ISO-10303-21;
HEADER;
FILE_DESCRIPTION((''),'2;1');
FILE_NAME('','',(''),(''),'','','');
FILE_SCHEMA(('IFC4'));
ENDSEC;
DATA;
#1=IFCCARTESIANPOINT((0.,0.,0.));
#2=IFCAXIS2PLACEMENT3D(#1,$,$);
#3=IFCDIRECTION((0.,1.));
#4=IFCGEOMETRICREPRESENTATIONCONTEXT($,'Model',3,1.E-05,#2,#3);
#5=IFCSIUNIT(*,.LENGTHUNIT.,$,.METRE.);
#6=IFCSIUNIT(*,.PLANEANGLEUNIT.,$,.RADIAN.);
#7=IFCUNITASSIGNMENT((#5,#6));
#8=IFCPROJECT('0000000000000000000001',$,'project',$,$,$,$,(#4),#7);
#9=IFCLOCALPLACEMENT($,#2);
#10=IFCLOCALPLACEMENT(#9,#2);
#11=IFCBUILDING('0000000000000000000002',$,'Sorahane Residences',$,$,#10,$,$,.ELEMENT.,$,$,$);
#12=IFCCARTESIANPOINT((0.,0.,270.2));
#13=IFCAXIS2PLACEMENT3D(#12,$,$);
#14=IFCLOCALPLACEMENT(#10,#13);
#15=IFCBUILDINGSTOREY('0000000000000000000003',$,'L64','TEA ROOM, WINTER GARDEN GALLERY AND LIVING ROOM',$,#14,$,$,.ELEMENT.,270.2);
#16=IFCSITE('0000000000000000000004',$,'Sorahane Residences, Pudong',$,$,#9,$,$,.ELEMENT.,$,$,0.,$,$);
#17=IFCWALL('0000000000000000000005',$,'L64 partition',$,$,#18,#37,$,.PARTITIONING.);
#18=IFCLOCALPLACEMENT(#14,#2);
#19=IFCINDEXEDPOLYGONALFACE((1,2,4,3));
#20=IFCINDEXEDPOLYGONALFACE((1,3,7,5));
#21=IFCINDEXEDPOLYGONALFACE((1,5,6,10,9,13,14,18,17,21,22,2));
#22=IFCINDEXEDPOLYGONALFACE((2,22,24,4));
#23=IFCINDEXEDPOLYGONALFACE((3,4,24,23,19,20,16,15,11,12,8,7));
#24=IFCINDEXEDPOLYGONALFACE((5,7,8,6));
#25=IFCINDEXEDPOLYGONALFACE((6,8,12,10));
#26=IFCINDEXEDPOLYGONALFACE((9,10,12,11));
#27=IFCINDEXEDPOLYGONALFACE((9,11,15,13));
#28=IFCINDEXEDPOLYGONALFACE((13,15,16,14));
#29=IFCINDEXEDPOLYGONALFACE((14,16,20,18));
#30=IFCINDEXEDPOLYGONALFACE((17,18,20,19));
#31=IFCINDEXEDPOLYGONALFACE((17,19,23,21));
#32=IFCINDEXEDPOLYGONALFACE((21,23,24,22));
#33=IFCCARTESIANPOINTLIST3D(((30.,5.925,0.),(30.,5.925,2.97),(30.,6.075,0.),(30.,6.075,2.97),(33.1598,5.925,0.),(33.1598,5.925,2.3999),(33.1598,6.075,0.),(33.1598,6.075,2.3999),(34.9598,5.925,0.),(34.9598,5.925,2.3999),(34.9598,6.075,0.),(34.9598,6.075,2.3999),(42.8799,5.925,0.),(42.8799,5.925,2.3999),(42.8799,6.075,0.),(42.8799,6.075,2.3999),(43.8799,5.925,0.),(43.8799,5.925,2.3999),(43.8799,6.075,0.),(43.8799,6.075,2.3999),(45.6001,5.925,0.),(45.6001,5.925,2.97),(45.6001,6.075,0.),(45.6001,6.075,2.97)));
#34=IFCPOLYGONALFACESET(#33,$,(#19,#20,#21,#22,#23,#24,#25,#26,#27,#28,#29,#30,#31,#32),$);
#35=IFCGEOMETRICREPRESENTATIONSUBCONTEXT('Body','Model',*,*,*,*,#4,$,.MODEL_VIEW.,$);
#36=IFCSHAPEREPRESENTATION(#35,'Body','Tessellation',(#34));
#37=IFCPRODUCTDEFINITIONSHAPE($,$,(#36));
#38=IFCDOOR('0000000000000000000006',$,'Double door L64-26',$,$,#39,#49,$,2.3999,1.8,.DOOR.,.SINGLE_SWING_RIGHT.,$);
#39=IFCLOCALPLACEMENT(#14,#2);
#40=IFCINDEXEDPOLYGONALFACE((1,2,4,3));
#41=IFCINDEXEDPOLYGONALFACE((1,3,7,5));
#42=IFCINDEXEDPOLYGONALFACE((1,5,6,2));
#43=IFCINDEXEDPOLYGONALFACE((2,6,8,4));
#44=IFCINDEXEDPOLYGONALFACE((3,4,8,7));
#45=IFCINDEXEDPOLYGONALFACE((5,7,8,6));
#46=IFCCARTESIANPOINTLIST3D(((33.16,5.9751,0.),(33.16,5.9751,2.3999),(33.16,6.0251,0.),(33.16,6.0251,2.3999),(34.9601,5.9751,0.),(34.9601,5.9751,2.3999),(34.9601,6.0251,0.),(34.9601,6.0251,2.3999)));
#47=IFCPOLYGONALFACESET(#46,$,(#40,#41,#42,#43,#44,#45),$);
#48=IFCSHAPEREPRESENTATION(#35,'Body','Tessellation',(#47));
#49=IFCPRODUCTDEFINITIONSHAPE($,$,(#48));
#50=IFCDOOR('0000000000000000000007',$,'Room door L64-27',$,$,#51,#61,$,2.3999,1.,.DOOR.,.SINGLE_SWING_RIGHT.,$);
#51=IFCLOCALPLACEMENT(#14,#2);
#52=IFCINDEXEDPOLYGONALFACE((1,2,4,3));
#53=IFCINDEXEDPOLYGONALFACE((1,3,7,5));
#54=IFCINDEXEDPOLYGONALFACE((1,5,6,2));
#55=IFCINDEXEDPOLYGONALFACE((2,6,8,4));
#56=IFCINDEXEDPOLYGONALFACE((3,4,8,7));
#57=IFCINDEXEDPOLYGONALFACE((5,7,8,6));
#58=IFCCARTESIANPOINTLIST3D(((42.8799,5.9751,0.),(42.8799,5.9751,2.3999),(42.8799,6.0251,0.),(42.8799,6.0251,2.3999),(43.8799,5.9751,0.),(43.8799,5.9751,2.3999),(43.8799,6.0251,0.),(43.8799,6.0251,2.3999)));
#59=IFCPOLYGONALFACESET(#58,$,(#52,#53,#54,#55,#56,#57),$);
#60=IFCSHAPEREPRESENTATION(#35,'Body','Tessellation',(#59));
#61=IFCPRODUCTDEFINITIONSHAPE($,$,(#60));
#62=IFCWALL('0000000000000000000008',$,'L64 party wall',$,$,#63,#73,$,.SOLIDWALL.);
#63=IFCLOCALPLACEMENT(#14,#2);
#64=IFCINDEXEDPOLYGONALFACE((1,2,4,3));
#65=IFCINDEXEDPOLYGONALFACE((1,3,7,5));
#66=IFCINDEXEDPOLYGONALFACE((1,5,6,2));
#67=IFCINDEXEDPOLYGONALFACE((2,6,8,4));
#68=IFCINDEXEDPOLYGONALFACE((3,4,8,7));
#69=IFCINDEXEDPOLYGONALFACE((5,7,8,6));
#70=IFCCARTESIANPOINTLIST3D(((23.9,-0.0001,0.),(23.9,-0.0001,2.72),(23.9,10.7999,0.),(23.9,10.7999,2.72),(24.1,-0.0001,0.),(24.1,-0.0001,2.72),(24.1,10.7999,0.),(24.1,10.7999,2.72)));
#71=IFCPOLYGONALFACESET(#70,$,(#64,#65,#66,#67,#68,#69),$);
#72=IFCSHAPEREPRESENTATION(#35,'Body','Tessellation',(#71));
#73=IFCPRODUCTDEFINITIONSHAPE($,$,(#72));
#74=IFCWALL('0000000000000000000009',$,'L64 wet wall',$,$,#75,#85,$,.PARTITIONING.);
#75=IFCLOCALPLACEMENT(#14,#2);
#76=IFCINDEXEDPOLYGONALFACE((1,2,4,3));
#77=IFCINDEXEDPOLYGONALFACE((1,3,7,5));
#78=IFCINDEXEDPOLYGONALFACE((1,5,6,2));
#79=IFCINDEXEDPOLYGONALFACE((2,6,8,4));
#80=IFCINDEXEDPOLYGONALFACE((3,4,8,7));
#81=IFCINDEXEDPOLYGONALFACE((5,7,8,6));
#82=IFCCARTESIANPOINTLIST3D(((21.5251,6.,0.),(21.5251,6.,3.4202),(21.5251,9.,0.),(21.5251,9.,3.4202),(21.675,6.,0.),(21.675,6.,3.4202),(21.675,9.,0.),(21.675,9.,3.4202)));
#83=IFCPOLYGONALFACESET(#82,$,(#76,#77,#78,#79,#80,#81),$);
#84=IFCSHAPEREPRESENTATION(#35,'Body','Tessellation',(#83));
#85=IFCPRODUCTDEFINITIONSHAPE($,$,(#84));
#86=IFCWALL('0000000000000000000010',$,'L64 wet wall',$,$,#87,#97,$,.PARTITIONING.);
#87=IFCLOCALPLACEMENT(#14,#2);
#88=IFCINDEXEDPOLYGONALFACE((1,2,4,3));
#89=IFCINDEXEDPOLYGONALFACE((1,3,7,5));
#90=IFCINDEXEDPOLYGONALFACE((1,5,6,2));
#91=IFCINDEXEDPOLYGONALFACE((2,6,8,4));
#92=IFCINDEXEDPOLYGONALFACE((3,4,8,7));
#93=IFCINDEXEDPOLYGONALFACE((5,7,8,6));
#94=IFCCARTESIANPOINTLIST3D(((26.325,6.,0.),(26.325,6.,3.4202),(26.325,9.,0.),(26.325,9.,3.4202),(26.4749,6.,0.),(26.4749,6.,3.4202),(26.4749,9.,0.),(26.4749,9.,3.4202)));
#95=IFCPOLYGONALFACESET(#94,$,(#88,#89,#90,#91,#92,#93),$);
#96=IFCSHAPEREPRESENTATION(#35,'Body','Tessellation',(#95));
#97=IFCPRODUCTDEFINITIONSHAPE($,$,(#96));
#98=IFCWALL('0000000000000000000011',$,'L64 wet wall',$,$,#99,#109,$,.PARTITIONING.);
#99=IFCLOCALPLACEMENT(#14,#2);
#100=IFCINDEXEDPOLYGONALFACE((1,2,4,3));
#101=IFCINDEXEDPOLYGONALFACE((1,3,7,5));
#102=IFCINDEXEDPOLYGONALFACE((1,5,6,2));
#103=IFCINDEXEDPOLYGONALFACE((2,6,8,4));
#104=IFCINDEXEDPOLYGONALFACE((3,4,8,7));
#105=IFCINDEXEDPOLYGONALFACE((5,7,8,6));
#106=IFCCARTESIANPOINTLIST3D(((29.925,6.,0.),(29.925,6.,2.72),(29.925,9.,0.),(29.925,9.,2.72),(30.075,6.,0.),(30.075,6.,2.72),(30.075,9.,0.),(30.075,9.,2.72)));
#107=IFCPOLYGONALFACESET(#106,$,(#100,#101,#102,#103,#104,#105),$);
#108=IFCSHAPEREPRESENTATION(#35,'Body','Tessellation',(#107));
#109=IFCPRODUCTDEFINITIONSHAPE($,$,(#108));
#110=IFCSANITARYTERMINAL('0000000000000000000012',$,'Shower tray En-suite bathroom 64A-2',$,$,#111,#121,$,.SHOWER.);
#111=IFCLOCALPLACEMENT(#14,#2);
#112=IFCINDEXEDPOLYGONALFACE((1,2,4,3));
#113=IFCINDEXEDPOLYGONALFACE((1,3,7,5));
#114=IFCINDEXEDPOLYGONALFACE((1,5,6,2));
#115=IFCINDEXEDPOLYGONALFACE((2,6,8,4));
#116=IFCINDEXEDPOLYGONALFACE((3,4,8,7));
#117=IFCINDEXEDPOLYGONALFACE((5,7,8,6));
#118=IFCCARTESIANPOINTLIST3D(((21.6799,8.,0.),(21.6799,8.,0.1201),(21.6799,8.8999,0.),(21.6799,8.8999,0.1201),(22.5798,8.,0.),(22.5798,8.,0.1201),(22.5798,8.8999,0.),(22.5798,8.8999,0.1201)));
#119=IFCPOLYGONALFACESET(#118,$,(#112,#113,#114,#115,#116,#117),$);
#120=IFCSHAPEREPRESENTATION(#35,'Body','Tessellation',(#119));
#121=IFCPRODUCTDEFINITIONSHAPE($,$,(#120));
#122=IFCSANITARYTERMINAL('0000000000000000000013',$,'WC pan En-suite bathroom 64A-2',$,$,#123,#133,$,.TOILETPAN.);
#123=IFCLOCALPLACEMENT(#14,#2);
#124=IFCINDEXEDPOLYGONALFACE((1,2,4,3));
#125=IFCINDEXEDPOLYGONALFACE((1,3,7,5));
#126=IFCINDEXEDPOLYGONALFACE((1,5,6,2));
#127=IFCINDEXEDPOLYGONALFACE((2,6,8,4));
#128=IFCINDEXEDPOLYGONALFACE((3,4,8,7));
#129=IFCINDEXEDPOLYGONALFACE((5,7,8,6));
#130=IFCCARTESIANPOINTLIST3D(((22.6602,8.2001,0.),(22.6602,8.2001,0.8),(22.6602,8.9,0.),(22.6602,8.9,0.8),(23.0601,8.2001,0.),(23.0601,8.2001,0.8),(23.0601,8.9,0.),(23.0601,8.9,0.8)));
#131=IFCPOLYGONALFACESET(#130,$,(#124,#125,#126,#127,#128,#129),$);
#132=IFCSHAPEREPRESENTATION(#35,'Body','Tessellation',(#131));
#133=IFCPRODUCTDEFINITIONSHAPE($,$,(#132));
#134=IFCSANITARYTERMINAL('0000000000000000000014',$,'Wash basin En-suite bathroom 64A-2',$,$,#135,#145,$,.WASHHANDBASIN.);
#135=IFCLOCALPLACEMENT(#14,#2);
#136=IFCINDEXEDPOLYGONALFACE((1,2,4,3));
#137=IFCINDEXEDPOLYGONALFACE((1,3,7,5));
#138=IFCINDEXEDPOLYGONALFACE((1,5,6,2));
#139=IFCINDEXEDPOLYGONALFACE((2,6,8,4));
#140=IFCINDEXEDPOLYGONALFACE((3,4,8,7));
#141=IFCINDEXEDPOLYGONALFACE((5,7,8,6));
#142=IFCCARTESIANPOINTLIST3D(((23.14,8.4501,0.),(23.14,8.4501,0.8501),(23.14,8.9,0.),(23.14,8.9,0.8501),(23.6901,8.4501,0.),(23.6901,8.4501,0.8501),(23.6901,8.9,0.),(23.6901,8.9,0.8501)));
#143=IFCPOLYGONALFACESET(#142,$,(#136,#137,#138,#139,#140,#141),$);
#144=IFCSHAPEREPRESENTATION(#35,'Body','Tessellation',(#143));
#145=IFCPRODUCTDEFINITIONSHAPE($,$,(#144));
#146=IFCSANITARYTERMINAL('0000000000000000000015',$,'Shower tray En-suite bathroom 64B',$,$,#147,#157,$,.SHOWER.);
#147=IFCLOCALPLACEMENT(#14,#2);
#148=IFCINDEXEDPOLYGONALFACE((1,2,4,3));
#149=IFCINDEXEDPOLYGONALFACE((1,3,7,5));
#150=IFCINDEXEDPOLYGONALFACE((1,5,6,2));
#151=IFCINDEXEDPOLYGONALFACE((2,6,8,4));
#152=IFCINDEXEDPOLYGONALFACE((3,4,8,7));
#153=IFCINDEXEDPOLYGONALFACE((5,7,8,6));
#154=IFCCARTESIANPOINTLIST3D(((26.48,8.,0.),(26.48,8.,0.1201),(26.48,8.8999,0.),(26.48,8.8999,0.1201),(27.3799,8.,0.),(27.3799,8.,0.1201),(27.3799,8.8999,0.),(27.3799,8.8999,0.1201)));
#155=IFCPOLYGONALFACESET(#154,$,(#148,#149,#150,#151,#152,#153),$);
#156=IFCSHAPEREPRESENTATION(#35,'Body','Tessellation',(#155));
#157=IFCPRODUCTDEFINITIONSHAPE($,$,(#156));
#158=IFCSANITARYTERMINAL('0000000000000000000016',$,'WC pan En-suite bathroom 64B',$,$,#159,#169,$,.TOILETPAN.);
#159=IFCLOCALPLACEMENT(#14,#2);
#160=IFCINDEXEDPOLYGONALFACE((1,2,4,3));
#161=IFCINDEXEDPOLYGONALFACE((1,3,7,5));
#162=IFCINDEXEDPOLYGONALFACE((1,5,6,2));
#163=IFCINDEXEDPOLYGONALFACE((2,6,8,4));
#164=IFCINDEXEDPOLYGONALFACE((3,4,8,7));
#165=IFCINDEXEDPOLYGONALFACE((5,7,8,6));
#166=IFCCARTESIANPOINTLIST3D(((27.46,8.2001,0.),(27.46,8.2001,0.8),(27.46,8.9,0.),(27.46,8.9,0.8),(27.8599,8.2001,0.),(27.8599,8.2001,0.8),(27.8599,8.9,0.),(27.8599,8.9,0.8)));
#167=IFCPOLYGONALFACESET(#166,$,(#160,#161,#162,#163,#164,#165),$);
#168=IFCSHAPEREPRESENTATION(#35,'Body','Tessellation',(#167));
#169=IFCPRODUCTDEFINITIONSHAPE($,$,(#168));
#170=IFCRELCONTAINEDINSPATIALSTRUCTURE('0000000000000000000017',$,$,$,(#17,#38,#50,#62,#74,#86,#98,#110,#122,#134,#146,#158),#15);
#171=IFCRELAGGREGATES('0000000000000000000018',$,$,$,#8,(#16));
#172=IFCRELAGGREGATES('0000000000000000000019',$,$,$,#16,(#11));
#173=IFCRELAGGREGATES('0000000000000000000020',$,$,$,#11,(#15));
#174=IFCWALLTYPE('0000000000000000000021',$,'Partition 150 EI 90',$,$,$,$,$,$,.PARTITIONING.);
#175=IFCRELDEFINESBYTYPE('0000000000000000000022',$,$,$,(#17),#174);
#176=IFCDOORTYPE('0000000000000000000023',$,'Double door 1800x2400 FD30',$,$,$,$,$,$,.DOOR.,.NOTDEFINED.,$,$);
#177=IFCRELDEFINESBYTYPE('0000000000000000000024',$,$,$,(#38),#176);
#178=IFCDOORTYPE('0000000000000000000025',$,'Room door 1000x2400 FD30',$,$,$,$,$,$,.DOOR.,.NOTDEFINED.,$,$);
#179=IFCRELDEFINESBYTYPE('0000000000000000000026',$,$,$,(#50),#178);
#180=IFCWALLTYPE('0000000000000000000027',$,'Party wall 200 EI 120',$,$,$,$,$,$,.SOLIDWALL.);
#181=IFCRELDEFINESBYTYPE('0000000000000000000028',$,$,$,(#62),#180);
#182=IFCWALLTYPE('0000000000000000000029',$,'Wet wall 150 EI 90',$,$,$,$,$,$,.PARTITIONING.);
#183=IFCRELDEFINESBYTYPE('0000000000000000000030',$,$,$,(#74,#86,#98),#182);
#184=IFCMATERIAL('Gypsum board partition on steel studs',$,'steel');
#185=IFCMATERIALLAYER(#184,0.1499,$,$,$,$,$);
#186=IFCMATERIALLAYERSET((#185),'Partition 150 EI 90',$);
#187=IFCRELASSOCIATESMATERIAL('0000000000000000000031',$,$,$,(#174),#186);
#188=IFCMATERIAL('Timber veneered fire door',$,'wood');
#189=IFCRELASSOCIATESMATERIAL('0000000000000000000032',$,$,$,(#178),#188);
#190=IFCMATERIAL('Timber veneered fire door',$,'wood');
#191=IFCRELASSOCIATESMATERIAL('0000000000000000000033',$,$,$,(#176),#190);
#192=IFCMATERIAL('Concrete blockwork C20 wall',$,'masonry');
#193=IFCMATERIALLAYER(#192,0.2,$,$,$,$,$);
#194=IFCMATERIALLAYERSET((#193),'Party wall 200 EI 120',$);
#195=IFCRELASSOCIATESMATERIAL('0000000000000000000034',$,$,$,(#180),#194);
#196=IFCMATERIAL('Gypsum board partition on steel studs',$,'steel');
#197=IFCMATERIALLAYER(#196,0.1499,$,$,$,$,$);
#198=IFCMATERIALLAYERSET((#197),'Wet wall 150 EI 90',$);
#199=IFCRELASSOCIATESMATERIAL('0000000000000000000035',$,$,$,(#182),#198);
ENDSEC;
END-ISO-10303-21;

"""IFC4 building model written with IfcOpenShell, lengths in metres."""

from ifc_helpers import new_model, si_unit, direction, frame, frame_2d, origin, origin_2d, place, context, subcontext, project, spatial, rectangle, extrude, material, layer, layer_set, type_object, element, fill, save


model = new_model("IFC4")

# Units and contexts
model_context = context("Model", 3, precision=1e-05, world=origin(), true_north=direction((0.0, 1.0)))
body_context = subcontext(model_context, "Body", "Model", "MODEL_VIEW")
ifc_project = project(units=[si_unit("LENGTHUNIT", "METRE"), si_unit("PLANEANGLEUNIT", "RADIAN")], contexts=[model_context])

# Site, building, storey
site_placement = place(None, origin())
site = spatial("IfcSite", under=ifc_project, at=site_placement, Name="Sorahane Residences, Pudong", CompositionType="ELEMENT", RefElevation=0.0)
building_placement = place(site_placement, origin())
building = spatial("IfcBuilding", under=site, at=building_placement, Name="Sorahane Residences", CompositionType="ELEMENT")
storey_placement = place(building_placement, frame((0.0, 0.0, 270.2)))
storey = spatial("IfcBuildingStorey", under=building, at=storey_placement, Name="L64", Description="TEA ROOM, WINTER GARDEN GALLERY AND LIVING ROOM", CompositionType="ELEMENT", Elevation=270.2)

# Shared definitions
ifc_material_1 = material(Name="Gypsum board partition on steel studs", Category="steel")
ifc_layer_1 = layer(ifc_material_1, 0.1499)
ifc_layer_set_1 = layer_set([ifc_layer_1], Name="Partition 150 EI 90")
wall_type_1 = type_object("IfcWallType", Name="Partition 150 EI 90", PredefinedType="PARTITIONING", material=ifc_layer_set_1)

# Shared definitions
ifc_material_2 = material(Name="Timber veneered fire door", Category="wood")
door_type_1 = type_object("IfcDoorType", Name="Room door 1000x2400 FD30", OperationType="NOTDEFINED", PredefinedType="DOOR", material=ifc_material_2)

# Wall, openings, doors
wall_1_placement = place(storey_placement, frame((30.0, 6.0, 0.0), z_axis=(0.0, 0.0, 1.0), x_axis=(1.0, 0.0, 0.0)))
wall_1 = element("IfcWall", 1, at=wall_1_placement, inside=storey, type_object=wall_type_1, Name="L64 partition", PredefinedType="PARTITIONING", context=body_context, shape_type="SweptSolid", body=[
    extrude(rectangle(XDim=15.6001, YDim=0.1499, at=frame_2d((7.8, 0.0))), origin(), (0.0, 0.0, 1.0), 2.97),
])
opening_1_placement = place(wall_1_placement, frame((3.1599, 0.0, 0.0)))
opening_1 = element("IfcOpeningElement", 2, at=opening_1_placement, cuts=wall_1, PredefinedType="OPENING", context=body_context, shape_type="SweptSolid", body=[
    extrude(rectangle(XDim=1.8, YDim=2.3999, at=frame_2d((0.8999, 1.2))), frame((0.0, 0.085, 0.0), z_axis=(0.0, -1.0, 0.0), x_axis=(1.0, 0.0, 0.0)), (0.0, 0.0, 1.0), 0.1699),
])
opening_2_placement = place(wall_1_placement, frame((12.8799, 0.0, 0.0)))
opening_2 = element("IfcOpeningElement", 3, at=opening_2_placement, cuts=wall_1, PredefinedType="OPENING", context=body_context, shape_type="SweptSolid", body=[
    extrude(rectangle(XDim=1.0, YDim=2.3999, at=frame_2d((0.5, 1.2))), frame((0.0, 0.085, 0.0), z_axis=(0.0, -1.0, 0.0), x_axis=(1.0, 0.0, 0.0)), (0.0, 0.0, 1.0), 0.1699),
])
ifc_material_3 = material(Name="Timber veneered fire door", Category="wood")
door_type_2 = type_object("IfcDoorType", Name="Double door 1800x2400 FD30", OperationType="NOTDEFINED", PredefinedType="DOOR", material=ifc_material_3)
door_1_placement = place(opening_1_placement, frame((1.8, 0.0, 0.0), z_axis=(0.0, 0.0, 1.0), x_axis=(-1.0, 0.0, 0.0)))
door_1 = element("IfcDoor", 4, at=door_1_placement, inside=storey, type_object=door_type_2, Name="Double door L64-26", OperationType="SINGLE_SWING_RIGHT", OverallHeight=2.3999, OverallWidth=1.8, PredefinedType="DOOR", context=body_context, shape_type="SweptSolid", body=[
    extrude(rectangle(XDim=1.8, YDim=2.3999, at=frame_2d((0.8999, 1.2))), frame((0.0, 0.0249, 0.0), z_axis=(0.0, -1.0, 0.0), x_axis=(1.0, 0.0, 0.0)), (0.0, 0.0, 1.0), 0.05),
])
fill(opening_1, door_1)
door_2_placement = place(opening_2_placement, frame((1.0, 0.0, 0.0), z_axis=(0.0, 0.0, 1.0), x_axis=(-1.0, 0.0, 0.0)))
door_2 = element("IfcDoor", 5, at=door_2_placement, inside=storey, type_object=door_type_1, Name="Room door L64-27", OperationType="SINGLE_SWING_RIGHT", OverallHeight=2.3999, OverallWidth=1.0, PredefinedType="DOOR", context=body_context, shape_type="SweptSolid", body=[
    extrude(rectangle(XDim=1.0, YDim=2.3999, at=frame_2d((0.5, 1.2))), frame((0.0, 0.0249, 0.0), z_axis=(0.0, -1.0, 0.0), x_axis=(1.0, 0.0, 0.0)), (0.0, 0.0, 1.0), 0.05),
])
fill(opening_2, door_2)

# Walls
ifc_material_4 = material(Name="Concrete blockwork C20 wall", Category="masonry")
ifc_layer_2 = layer(ifc_material_4, 0.2)
ifc_layer_set_2 = layer_set([ifc_layer_2], Name="Party wall 200 EI 120")
wall_type_2 = type_object("IfcWallType", Name="Party wall 200 EI 120", PredefinedType="SOLIDWALL", material=ifc_layer_set_2)
wall_2_placement = place(storey_placement, frame((24.0, 0.0, 0.0), z_axis=(0.0, 0.0, 1.0), x_axis=(0.0, 1.0, 0.0)))
element("IfcWall", 6, at=wall_2_placement, inside=storey, type_object=wall_type_2, Name="L64 party wall", PredefinedType="SOLIDWALL", context=body_context, shape_type="SweptSolid", body=[
    extrude(rectangle(XDim=10.8, YDim=0.2, at=frame_2d((5.3999, 0.0))), origin(), (0.0, 0.0, 1.0), 2.72),
])
ifc_material_5 = material(Name="Gypsum board partition on steel studs", Category="steel")
ifc_layer_3 = layer(ifc_material_5, 0.1499)
ifc_layer_set_3 = layer_set([ifc_layer_3], Name="Wet wall 150 EI 90")
wall_type_3 = type_object("IfcWallType", Name="Wet wall 150 EI 90", PredefinedType="PARTITIONING", material=ifc_layer_set_3)
for number, where, z_axis, x_axis, name in (
    (7, (21.6001, 6.0, 0.0), (0.0, 0.0, 1.0), (0.0, 1.0, 0.0), "L64 wet wall"),
    (8, (26.3999, 6.0, 0.0), (0.0, 0.0, 1.0), (0.0, 1.0, 0.0), "L64 wet wall"),
):
    element("IfcWall", number, at=place(storey_placement, frame(where, z_axis=z_axis, x_axis=x_axis)), inside=storey, type_object=wall_type_3, Name=name, PredefinedType="PARTITIONING", context=body_context, shape_type="SweptSolid", body=[
        extrude(rectangle(XDim=3.0, YDim=0.1499, at=frame_2d((1.5, 0.0))), origin(), (0.0, 0.0, 1.0), 3.4202),
    ])
wall_3_placement = place(storey_placement, frame((30.0, 6.0, 0.0), z_axis=(0.0, 0.0, 1.0), x_axis=(0.0, 1.0, 0.0)))
element("IfcWall", 9, at=wall_3_placement, inside=storey, type_object=wall_type_3, Name="L64 wet wall", PredefinedType="PARTITIONING", context=body_context, shape_type="SweptSolid", body=[
    extrude(rectangle(XDim=3.0, YDim=0.1499, at=frame_2d((1.5, 0.0))), origin(), (0.0, 0.0, 1.0), 2.72),
])

# Sanitary terminals
sanitary_terminal_1_placement = place(storey_placement, frame((22.1299, 8.45, 0.0), z_axis=(0.0, 0.0, 1.0), x_axis=(1.0, 0.0, 0.0)))
element("IfcSanitaryTerminal", 10, at=sanitary_terminal_1_placement, inside=storey, Name="Shower tray En-suite bathroom 64A-2", PredefinedType="SHOWER", context=body_context, shape_type="SweptSolid", body=[
    extrude(rectangle(XDim=0.8999, YDim=0.8999, at=origin_2d()), origin(), (0.0, 0.0, 1.0), 0.1201),
])
sanitary_terminal_2_placement = place(storey_placement, frame((22.8601, 8.55, 0.0), z_axis=(0.0, 0.0, 1.0), x_axis=(1.0, 0.0, 0.0)))
element("IfcSanitaryTerminal", 11, at=sanitary_terminal_2_placement, inside=storey, Name="WC pan En-suite bathroom 64A-2", PredefinedType="TOILETPAN", context=body_context, shape_type="SweptSolid", body=[
    extrude(rectangle(XDim=0.3999, YDim=0.7, at=origin_2d()), origin(), (0.0, 0.0, 1.0), 0.8),
])
sanitary_terminal_3_placement = place(storey_placement, frame((23.415, 8.675, 0.0), z_axis=(0.0, 0.0, 1.0), x_axis=(1.0, 0.0, 0.0)))
element("IfcSanitaryTerminal", 12, at=sanitary_terminal_3_placement, inside=storey, Name="Wash basin En-suite bathroom 64A-2", PredefinedType="WASHHANDBASIN", context=body_context, shape_type="SweptSolid", body=[
    extrude(rectangle(XDim=0.55, YDim=0.45, at=origin_2d()), origin(), (0.0, 0.0, 1.0), 0.8501),
])
sanitary_terminal_4_placement = place(storey_placement, frame((26.9299, 8.45, 0.0), z_axis=(0.0, 0.0, 1.0), x_axis=(1.0, 0.0, 0.0)))
element("IfcSanitaryTerminal", 13, at=sanitary_terminal_4_placement, inside=storey, Name="Shower tray En-suite bathroom 64B", PredefinedType="SHOWER", context=body_context, shape_type="SweptSolid", body=[
    extrude(rectangle(XDim=0.8999, YDim=0.8999, at=origin_2d()), origin(), (0.0, 0.0, 1.0), 0.1201),
])
sanitary_terminal_5_placement = place(storey_placement, frame((27.6599, 8.55, 0.0), z_axis=(0.0, 0.0, 1.0), x_axis=(1.0, 0.0, 0.0)))
element("IfcSanitaryTerminal", 14, at=sanitary_terminal_5_placement, inside=storey, Name="WC pan En-suite bathroom 64B", PredefinedType="TOILETPAN", context=body_context, shape_type="SweptSolid", body=[
    extrude(rectangle(XDim=0.3999, YDim=0.7, at=origin_2d()), origin(), (0.0, 0.0, 1.0), 0.8),
])

save(model, "model.ifc")
